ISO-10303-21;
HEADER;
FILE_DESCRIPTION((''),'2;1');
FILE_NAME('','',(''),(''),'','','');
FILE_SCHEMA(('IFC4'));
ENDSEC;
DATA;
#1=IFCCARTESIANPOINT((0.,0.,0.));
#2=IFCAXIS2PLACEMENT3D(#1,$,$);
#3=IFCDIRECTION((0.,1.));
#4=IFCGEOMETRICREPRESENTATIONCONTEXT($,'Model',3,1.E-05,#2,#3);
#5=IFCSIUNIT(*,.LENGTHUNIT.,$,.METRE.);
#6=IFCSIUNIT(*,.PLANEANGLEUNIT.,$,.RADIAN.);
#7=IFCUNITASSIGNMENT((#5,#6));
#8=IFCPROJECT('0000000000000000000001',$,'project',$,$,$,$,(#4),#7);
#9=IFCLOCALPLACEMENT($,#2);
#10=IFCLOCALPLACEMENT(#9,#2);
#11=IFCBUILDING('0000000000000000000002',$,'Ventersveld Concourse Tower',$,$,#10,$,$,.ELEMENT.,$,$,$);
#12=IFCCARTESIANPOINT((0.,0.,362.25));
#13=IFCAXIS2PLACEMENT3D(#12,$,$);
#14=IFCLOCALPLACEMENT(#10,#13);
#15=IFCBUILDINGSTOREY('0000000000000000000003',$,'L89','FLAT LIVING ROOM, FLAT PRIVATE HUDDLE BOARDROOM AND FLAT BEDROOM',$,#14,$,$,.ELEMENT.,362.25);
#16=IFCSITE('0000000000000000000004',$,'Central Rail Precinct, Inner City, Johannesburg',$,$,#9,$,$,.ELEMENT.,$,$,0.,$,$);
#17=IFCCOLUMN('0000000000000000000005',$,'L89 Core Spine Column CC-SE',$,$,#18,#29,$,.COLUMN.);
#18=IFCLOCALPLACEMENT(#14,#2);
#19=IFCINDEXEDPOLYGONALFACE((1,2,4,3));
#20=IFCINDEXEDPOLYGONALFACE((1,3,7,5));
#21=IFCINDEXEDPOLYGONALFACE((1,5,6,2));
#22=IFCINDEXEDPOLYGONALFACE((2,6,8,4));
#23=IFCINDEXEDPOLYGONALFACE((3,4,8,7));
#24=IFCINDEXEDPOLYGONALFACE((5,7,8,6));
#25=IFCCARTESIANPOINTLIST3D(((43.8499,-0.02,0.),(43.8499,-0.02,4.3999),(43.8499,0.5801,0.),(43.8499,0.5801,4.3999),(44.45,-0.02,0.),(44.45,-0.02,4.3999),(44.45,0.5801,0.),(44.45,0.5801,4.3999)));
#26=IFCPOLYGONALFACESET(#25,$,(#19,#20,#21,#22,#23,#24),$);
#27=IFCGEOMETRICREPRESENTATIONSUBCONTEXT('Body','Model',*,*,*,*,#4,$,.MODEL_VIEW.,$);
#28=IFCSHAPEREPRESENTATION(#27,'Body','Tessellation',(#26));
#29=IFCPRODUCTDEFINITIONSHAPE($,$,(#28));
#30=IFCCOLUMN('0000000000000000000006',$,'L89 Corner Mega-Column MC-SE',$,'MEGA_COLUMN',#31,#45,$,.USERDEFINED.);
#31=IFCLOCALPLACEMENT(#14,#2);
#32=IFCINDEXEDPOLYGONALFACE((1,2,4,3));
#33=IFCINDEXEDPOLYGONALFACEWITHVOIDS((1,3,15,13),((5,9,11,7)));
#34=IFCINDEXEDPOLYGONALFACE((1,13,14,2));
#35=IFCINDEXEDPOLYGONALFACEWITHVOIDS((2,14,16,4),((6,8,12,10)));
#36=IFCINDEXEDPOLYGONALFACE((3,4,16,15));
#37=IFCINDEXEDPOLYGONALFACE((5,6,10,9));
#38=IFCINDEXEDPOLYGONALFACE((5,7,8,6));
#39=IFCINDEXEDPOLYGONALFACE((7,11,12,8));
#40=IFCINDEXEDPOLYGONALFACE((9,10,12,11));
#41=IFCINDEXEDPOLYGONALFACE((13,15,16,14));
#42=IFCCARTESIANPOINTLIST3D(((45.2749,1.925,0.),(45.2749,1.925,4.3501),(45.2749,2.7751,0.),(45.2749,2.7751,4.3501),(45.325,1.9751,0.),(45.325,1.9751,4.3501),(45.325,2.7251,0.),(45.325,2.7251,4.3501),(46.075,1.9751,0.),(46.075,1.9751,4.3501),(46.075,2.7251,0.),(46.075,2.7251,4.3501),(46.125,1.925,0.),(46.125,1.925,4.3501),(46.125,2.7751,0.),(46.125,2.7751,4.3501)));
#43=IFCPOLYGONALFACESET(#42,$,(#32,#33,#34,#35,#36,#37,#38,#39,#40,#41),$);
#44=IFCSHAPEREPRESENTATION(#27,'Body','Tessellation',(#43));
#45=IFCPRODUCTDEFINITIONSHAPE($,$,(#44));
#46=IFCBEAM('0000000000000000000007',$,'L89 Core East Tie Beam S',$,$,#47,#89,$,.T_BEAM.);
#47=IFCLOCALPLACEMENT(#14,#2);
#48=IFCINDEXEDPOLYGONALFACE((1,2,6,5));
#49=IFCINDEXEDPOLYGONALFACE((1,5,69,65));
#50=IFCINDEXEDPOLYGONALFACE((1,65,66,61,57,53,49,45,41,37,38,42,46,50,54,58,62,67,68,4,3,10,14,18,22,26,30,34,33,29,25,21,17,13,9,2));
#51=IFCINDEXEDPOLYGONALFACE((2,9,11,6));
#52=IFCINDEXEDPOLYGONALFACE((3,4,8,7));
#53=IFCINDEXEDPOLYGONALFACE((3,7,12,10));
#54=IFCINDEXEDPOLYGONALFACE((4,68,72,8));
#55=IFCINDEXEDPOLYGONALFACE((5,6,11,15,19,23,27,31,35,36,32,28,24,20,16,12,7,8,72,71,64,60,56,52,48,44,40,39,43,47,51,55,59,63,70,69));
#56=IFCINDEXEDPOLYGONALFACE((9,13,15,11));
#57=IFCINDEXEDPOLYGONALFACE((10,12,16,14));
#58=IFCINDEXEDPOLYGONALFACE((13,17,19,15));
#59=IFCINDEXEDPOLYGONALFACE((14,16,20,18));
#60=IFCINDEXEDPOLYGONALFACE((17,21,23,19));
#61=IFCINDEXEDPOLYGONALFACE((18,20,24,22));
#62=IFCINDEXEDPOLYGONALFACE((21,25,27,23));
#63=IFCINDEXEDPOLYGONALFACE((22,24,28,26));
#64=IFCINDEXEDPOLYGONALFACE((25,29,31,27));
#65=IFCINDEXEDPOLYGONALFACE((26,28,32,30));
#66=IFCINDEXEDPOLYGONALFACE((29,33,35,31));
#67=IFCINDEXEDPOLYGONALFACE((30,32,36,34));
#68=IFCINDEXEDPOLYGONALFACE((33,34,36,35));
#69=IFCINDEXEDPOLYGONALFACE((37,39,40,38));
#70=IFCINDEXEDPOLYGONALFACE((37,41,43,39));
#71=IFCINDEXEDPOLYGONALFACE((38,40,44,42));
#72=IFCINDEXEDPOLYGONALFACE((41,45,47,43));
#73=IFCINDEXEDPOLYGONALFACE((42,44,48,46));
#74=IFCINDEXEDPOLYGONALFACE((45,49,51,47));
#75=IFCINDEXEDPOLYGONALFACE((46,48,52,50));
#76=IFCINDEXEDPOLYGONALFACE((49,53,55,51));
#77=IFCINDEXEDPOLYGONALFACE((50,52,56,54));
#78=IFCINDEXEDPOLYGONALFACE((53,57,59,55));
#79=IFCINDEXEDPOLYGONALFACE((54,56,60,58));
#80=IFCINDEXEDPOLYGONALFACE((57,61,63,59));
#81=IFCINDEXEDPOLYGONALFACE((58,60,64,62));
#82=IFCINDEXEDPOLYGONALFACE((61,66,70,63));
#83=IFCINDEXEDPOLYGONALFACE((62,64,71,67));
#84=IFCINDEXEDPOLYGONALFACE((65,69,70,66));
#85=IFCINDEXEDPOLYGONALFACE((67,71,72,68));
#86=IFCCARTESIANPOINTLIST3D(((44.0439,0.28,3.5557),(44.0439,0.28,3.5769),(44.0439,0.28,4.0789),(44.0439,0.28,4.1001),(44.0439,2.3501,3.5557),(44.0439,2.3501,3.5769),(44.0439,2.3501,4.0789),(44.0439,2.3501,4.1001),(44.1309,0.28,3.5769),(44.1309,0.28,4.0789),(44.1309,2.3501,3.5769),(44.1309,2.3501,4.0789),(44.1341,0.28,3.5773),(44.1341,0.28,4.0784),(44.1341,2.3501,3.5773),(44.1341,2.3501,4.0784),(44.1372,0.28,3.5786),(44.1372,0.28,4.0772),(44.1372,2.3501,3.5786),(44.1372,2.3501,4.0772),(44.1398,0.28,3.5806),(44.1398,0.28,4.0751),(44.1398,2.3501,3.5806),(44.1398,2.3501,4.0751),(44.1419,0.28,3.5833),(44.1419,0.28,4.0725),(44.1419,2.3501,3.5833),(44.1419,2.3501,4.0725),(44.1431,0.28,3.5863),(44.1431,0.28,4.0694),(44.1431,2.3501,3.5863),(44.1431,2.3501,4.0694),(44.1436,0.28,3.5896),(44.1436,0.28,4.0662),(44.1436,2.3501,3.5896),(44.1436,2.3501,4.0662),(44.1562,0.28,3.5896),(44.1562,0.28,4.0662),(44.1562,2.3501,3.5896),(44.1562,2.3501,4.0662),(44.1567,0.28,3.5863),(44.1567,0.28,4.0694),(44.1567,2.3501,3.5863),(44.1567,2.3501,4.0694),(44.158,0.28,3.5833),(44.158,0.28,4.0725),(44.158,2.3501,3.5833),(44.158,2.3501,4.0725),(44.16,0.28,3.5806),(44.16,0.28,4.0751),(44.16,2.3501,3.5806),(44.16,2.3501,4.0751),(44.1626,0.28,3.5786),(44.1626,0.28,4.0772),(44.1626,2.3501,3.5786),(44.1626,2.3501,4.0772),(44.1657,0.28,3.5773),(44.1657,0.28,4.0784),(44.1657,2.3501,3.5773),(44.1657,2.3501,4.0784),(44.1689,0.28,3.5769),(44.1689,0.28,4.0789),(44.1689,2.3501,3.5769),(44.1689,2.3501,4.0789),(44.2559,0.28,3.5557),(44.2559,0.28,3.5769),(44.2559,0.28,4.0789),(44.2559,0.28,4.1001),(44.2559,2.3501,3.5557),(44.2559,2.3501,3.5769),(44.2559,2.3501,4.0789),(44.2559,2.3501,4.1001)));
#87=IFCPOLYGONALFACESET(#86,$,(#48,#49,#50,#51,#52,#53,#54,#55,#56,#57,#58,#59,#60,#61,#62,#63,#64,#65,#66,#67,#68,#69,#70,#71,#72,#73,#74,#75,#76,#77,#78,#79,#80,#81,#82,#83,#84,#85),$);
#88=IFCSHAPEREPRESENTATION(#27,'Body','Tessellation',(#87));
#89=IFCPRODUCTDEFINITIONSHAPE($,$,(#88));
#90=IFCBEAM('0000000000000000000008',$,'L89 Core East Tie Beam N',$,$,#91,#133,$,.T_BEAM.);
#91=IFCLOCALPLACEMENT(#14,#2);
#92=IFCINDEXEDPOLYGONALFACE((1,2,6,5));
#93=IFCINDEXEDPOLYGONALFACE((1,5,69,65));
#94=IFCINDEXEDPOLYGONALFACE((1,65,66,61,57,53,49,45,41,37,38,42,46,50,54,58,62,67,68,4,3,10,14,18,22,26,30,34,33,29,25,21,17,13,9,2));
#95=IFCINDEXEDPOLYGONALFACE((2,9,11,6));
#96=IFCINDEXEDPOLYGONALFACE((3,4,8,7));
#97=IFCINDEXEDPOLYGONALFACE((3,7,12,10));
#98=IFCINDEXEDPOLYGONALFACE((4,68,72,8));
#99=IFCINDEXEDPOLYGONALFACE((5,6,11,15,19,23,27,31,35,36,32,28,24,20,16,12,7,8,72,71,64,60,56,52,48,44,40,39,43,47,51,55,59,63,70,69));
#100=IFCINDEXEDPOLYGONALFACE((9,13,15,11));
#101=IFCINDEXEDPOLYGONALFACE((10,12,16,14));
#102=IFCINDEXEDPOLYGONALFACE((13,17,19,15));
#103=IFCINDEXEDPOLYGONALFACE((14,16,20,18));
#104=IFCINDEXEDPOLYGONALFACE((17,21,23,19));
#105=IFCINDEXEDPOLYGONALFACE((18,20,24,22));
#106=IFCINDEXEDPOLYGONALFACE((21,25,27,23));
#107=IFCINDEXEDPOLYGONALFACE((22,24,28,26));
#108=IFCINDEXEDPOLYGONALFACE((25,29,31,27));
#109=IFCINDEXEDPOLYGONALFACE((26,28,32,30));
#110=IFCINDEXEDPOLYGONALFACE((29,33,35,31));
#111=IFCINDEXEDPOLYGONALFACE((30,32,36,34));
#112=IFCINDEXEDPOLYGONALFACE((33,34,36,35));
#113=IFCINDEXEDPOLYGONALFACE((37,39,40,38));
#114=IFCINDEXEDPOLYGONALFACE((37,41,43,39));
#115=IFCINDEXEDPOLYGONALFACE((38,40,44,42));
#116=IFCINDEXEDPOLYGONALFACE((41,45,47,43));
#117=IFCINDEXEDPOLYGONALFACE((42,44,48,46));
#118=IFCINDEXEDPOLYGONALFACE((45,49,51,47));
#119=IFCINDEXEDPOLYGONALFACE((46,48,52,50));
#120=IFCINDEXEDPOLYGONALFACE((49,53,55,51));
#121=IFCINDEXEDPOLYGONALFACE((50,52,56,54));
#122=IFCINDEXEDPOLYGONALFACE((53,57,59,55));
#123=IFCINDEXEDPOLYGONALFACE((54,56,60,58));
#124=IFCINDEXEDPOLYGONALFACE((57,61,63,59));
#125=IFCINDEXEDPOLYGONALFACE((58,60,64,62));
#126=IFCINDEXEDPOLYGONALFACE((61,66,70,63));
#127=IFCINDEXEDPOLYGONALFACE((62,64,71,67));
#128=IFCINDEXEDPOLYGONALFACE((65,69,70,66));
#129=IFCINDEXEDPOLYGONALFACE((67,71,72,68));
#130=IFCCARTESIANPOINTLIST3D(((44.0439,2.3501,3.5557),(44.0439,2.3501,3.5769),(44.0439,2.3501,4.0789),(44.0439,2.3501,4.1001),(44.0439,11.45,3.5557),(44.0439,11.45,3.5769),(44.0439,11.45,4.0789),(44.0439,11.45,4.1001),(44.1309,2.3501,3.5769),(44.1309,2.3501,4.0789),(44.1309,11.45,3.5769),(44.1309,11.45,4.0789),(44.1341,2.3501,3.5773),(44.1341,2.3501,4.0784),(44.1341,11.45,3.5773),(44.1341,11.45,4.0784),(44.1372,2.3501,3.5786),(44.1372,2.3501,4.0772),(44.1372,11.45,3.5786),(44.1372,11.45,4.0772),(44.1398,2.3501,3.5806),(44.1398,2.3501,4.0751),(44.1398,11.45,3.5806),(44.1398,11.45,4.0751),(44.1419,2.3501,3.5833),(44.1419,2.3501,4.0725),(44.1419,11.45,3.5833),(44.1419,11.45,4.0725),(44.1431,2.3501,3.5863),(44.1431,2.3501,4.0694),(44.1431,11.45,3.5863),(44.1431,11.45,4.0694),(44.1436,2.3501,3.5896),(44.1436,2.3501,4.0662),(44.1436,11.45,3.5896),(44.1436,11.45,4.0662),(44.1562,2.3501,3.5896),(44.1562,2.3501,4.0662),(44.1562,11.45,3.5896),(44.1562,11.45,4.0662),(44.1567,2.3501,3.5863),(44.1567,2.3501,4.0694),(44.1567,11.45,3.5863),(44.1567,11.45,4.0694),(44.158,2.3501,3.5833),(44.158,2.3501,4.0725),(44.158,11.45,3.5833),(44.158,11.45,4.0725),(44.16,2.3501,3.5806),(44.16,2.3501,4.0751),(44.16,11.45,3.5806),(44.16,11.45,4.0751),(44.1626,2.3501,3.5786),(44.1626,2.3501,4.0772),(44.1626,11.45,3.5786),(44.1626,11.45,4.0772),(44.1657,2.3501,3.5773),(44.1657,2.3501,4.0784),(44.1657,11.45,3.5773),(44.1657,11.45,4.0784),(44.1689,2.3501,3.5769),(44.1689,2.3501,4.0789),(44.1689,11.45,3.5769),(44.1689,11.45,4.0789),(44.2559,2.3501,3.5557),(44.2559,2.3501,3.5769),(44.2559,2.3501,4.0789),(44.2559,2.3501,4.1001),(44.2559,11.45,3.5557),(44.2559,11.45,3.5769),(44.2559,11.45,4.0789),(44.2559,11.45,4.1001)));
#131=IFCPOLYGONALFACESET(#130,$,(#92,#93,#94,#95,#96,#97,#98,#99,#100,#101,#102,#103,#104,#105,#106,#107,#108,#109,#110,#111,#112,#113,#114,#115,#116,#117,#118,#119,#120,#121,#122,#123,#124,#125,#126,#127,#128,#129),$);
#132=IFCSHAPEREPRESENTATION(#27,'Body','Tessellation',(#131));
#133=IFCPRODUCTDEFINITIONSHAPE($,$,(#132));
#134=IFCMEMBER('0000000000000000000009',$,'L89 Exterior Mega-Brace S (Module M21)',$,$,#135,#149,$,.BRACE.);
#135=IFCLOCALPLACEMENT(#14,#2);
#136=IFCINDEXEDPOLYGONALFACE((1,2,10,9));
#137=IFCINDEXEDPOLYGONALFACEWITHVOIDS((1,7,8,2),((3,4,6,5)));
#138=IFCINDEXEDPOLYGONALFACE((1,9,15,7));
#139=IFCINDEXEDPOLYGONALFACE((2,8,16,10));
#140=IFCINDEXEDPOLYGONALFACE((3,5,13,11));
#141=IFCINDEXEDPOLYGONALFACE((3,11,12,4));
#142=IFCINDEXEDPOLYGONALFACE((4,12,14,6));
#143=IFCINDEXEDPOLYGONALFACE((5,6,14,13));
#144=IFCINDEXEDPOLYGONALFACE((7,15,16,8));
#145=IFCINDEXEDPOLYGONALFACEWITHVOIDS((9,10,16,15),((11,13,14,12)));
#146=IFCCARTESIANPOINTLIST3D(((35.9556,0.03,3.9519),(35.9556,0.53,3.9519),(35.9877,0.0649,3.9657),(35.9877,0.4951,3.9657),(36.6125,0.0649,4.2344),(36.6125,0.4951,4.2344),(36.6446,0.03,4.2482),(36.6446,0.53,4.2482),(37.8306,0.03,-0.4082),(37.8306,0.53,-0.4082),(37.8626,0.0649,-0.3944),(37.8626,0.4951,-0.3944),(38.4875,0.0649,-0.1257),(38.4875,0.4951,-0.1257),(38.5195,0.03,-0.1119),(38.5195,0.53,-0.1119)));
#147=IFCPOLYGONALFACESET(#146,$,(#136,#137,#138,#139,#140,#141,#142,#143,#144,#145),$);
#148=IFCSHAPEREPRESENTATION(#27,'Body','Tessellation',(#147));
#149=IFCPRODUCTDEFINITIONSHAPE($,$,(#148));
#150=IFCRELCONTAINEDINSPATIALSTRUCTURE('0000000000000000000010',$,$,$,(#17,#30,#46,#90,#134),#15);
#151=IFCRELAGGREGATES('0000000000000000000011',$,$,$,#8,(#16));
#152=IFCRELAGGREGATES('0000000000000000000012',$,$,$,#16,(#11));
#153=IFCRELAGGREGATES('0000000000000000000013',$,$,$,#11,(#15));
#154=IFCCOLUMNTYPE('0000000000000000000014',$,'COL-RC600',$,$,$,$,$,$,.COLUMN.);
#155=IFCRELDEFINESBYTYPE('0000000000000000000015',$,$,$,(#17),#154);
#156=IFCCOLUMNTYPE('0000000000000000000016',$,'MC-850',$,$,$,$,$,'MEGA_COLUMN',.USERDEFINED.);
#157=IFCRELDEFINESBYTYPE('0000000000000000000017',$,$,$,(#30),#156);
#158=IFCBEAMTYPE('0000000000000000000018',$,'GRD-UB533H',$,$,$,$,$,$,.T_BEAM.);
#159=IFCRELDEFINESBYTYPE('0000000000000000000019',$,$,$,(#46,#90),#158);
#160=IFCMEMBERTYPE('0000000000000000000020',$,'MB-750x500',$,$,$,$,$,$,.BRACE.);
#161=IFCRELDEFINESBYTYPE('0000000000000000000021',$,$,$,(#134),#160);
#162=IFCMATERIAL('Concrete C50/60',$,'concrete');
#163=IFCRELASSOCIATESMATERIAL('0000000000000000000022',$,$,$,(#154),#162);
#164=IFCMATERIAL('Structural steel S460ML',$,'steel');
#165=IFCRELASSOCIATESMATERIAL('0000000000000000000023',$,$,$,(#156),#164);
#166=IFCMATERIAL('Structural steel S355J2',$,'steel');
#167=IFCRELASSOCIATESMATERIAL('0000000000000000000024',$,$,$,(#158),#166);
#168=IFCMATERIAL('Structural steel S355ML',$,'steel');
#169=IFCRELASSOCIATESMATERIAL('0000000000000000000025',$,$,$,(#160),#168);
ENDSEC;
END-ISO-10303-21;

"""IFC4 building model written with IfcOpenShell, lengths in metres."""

from ifc_helpers import new_model, si_unit, direction, frame, origin, origin_2d, place, context, subcontext, project, spatial, rectangle, hollow_rectangle, i_section, extrude, material, material_profile, profile_set, type_object, element, save


model = new_model("IFC4")

# Units and contexts
model_context = context("Model", 3, precision=1e-05, world=origin(), true_north=direction((0.0, 1.0)))
body_context = subcontext(model_context, "Body", "Model", "MODEL_VIEW")
ifc_project = project(units=[si_unit("LENGTHUNIT", "METRE"), si_unit("PLANEANGLEUNIT", "RADIAN")], contexts=[model_context])

# Site, building, storey
site_placement = place(None, origin())
site = spatial("IfcSite", under=ifc_project, at=site_placement, Name="Central Rail Precinct, Inner City, Johannesburg", CompositionType="ELEMENT", RefElevation=0.0)
building_placement = place(site_placement, origin())
building = spatial("IfcBuilding", under=site, at=building_placement, Name="Ventersveld Concourse Tower", CompositionType="ELEMENT")
storey_placement = place(building_placement, frame((0.0, 0.0, 362.25)))
storey = spatial("IfcBuildingStorey", under=building, at=storey_placement, Name="L89", Description="FLAT LIVING ROOM, FLAT PRIVATE HUDDLE BOARDROOM AND FLAT BEDROOM", CompositionType="ELEMENT", Elevation=362.25)

# Columns
ifc_material_1 = material(Name="Concrete C50/60", Category="concrete")
ifc_material_profile_1 = material_profile(ifc_material_1, rectangle(XDim=0.6001, YDim=0.6001, at=origin_2d()), Name="RC 600x600")
ifc_profile_set_1 = profile_set([ifc_material_profile_1], Name="Concrete C50/60")
column_type_1 = type_object("IfcColumnType", Name="COL-RC600", PredefinedType="COLUMN", material=ifc_profile_set_1)
column_1_placement = place(storey_placement, frame((44.1499, 0.28, 0.0), z_axis=(0.0, 0.0, 1.0), x_axis=(1.0, 0.0, 0.0)))
element("IfcColumn", 1, at=column_1_placement, inside=storey, type_object=column_type_1, Name="L89 Core Spine Column CC-SE", PredefinedType="COLUMN", context=body_context, shape_type="SweptSolid", body=[
    extrude(rectangle(XDim=0.6001, YDim=0.6001, at=origin_2d()), origin(), (0.0, 0.0, 1.0), 4.3999),
])
ifc_material_2 = material(Name="Structural steel S460ML", Category="steel")
ifc_material_profile_2 = material_profile(ifc_material_2, hollow_rectangle(XDim=0.8501, YDim=0.8501, WallThickness=0.05, at=origin_2d()), Name="BOX 850x850x50")
ifc_profile_set_2 = profile_set([ifc_material_profile_2], Name="Structural steel S460ML")
column_type_2 = type_object("IfcColumnType", Name="MC-850", ElementType="MEGA_COLUMN", PredefinedType="USERDEFINED", material=ifc_profile_set_2)
column_2_placement = place(storey_placement, frame((45.7, 2.3501, 0.0), z_axis=(0.0, 0.0, 1.0), x_axis=(1.0, 0.0, 0.0)))
element("IfcColumn", 2, at=column_2_placement, inside=storey, type_object=column_type_2, Name="L89 Corner Mega-Column MC-SE", ObjectType="MEGA_COLUMN", PredefinedType="USERDEFINED", context=body_context, shape_type="SweptSolid", body=[
    extrude(hollow_rectangle(XDim=0.8501, YDim=0.8501, WallThickness=0.05, at=origin_2d()), origin(), (0.0, 0.0, 1.0), 4.3501),
])

# Beams
ifc_material_3 = material(Name="Structural steel S355J2", Category="steel")
ifc_material_profile_3 = material_profile(ifc_material_3, i_section(OverallWidth=0.2119, OverallDepth=0.5444, WebThickness=0.0127, FlangeThickness=0.0212, FilletRadius=0.0127, at=origin_2d()), Name="UB 533x210x122")
ifc_profile_set_3 = profile_set([ifc_material_profile_3], Name="Structural steel S355J2")
beam_type_1 = type_object("IfcBeamType", Name="GRD-UB533H", PredefinedType="T_BEAM", material=ifc_profile_set_3)
beam_1_placement = place(storey_placement, frame((44.1499, 0.28, 3.8279), z_axis=(0.0, 1.0, 0.0), x_axis=(-1.0, 0.0, 0.0)))
element("IfcBeam", 3, at=beam_1_placement, inside=storey, type_object=beam_type_1, Name="L89 Core East Tie Beam S", PredefinedType="T_BEAM", context=body_context, shape_type="SweptSolid", body=[
    extrude(i_section(OverallWidth=0.2119, OverallDepth=0.5444, WebThickness=0.0127, FlangeThickness=0.0212, FilletRadius=0.0127, at=origin_2d()), origin(), (0.0, 0.0, 1.0), 2.0701),
])
beam_2_placement = place(storey_placement, frame((44.1499, 2.3501, 3.8279), z_axis=(0.0, 1.0, 0.0), x_axis=(-1.0, 0.0, 0.0)))
element("IfcBeam", 4, at=beam_2_placement, inside=storey, type_object=beam_type_1, Name="L89 Core East Tie Beam N", PredefinedType="T_BEAM", context=body_context, shape_type="SweptSolid", body=[
    extrude(i_section(OverallWidth=0.2119, OverallDepth=0.5444, WebThickness=0.0127, FlangeThickness=0.0212, FilletRadius=0.0127, at=origin_2d()), origin(), (0.0, 0.0, 1.0), 9.0999),
])

# Member
ifc_material_4 = material(Name="Structural steel S355ML", Category="steel")
ifc_material_profile_4 = material_profile(ifc_material_4, hollow_rectangle(XDim=0.5, YDim=0.75, WallThickness=0.0349, at=origin_2d()), Name="BOX 750x500x35")
ifc_profile_set_4 = profile_set([ifc_material_profile_4], Name="Structural steel S355ML")
member_type = type_object("IfcMemberType", Name="MB-750x500", PredefinedType="BRACE", material=ifc_profile_set_4)
member_placement = place(storey_placement, frame((38.175, 0.28, -0.26), z_axis=(-0.395055, 0.0, 0.918657), x_axis=(0.0, -1.0, 0.0)))
element("IfcMember", 5, at=member_placement, inside=storey, type_object=member_type, Name="L89 Exterior Mega-Brace S (Module M21)", PredefinedType="BRACE", context=body_context, shape_type="SweptSolid", body=[
    extrude(hollow_rectangle(XDim=0.5, YDim=0.75, WallThickness=0.0349, at=origin_2d()), origin(), (0.0, 0.0, 1.0), 4.7461),
])

save(model, "model.ifc")
